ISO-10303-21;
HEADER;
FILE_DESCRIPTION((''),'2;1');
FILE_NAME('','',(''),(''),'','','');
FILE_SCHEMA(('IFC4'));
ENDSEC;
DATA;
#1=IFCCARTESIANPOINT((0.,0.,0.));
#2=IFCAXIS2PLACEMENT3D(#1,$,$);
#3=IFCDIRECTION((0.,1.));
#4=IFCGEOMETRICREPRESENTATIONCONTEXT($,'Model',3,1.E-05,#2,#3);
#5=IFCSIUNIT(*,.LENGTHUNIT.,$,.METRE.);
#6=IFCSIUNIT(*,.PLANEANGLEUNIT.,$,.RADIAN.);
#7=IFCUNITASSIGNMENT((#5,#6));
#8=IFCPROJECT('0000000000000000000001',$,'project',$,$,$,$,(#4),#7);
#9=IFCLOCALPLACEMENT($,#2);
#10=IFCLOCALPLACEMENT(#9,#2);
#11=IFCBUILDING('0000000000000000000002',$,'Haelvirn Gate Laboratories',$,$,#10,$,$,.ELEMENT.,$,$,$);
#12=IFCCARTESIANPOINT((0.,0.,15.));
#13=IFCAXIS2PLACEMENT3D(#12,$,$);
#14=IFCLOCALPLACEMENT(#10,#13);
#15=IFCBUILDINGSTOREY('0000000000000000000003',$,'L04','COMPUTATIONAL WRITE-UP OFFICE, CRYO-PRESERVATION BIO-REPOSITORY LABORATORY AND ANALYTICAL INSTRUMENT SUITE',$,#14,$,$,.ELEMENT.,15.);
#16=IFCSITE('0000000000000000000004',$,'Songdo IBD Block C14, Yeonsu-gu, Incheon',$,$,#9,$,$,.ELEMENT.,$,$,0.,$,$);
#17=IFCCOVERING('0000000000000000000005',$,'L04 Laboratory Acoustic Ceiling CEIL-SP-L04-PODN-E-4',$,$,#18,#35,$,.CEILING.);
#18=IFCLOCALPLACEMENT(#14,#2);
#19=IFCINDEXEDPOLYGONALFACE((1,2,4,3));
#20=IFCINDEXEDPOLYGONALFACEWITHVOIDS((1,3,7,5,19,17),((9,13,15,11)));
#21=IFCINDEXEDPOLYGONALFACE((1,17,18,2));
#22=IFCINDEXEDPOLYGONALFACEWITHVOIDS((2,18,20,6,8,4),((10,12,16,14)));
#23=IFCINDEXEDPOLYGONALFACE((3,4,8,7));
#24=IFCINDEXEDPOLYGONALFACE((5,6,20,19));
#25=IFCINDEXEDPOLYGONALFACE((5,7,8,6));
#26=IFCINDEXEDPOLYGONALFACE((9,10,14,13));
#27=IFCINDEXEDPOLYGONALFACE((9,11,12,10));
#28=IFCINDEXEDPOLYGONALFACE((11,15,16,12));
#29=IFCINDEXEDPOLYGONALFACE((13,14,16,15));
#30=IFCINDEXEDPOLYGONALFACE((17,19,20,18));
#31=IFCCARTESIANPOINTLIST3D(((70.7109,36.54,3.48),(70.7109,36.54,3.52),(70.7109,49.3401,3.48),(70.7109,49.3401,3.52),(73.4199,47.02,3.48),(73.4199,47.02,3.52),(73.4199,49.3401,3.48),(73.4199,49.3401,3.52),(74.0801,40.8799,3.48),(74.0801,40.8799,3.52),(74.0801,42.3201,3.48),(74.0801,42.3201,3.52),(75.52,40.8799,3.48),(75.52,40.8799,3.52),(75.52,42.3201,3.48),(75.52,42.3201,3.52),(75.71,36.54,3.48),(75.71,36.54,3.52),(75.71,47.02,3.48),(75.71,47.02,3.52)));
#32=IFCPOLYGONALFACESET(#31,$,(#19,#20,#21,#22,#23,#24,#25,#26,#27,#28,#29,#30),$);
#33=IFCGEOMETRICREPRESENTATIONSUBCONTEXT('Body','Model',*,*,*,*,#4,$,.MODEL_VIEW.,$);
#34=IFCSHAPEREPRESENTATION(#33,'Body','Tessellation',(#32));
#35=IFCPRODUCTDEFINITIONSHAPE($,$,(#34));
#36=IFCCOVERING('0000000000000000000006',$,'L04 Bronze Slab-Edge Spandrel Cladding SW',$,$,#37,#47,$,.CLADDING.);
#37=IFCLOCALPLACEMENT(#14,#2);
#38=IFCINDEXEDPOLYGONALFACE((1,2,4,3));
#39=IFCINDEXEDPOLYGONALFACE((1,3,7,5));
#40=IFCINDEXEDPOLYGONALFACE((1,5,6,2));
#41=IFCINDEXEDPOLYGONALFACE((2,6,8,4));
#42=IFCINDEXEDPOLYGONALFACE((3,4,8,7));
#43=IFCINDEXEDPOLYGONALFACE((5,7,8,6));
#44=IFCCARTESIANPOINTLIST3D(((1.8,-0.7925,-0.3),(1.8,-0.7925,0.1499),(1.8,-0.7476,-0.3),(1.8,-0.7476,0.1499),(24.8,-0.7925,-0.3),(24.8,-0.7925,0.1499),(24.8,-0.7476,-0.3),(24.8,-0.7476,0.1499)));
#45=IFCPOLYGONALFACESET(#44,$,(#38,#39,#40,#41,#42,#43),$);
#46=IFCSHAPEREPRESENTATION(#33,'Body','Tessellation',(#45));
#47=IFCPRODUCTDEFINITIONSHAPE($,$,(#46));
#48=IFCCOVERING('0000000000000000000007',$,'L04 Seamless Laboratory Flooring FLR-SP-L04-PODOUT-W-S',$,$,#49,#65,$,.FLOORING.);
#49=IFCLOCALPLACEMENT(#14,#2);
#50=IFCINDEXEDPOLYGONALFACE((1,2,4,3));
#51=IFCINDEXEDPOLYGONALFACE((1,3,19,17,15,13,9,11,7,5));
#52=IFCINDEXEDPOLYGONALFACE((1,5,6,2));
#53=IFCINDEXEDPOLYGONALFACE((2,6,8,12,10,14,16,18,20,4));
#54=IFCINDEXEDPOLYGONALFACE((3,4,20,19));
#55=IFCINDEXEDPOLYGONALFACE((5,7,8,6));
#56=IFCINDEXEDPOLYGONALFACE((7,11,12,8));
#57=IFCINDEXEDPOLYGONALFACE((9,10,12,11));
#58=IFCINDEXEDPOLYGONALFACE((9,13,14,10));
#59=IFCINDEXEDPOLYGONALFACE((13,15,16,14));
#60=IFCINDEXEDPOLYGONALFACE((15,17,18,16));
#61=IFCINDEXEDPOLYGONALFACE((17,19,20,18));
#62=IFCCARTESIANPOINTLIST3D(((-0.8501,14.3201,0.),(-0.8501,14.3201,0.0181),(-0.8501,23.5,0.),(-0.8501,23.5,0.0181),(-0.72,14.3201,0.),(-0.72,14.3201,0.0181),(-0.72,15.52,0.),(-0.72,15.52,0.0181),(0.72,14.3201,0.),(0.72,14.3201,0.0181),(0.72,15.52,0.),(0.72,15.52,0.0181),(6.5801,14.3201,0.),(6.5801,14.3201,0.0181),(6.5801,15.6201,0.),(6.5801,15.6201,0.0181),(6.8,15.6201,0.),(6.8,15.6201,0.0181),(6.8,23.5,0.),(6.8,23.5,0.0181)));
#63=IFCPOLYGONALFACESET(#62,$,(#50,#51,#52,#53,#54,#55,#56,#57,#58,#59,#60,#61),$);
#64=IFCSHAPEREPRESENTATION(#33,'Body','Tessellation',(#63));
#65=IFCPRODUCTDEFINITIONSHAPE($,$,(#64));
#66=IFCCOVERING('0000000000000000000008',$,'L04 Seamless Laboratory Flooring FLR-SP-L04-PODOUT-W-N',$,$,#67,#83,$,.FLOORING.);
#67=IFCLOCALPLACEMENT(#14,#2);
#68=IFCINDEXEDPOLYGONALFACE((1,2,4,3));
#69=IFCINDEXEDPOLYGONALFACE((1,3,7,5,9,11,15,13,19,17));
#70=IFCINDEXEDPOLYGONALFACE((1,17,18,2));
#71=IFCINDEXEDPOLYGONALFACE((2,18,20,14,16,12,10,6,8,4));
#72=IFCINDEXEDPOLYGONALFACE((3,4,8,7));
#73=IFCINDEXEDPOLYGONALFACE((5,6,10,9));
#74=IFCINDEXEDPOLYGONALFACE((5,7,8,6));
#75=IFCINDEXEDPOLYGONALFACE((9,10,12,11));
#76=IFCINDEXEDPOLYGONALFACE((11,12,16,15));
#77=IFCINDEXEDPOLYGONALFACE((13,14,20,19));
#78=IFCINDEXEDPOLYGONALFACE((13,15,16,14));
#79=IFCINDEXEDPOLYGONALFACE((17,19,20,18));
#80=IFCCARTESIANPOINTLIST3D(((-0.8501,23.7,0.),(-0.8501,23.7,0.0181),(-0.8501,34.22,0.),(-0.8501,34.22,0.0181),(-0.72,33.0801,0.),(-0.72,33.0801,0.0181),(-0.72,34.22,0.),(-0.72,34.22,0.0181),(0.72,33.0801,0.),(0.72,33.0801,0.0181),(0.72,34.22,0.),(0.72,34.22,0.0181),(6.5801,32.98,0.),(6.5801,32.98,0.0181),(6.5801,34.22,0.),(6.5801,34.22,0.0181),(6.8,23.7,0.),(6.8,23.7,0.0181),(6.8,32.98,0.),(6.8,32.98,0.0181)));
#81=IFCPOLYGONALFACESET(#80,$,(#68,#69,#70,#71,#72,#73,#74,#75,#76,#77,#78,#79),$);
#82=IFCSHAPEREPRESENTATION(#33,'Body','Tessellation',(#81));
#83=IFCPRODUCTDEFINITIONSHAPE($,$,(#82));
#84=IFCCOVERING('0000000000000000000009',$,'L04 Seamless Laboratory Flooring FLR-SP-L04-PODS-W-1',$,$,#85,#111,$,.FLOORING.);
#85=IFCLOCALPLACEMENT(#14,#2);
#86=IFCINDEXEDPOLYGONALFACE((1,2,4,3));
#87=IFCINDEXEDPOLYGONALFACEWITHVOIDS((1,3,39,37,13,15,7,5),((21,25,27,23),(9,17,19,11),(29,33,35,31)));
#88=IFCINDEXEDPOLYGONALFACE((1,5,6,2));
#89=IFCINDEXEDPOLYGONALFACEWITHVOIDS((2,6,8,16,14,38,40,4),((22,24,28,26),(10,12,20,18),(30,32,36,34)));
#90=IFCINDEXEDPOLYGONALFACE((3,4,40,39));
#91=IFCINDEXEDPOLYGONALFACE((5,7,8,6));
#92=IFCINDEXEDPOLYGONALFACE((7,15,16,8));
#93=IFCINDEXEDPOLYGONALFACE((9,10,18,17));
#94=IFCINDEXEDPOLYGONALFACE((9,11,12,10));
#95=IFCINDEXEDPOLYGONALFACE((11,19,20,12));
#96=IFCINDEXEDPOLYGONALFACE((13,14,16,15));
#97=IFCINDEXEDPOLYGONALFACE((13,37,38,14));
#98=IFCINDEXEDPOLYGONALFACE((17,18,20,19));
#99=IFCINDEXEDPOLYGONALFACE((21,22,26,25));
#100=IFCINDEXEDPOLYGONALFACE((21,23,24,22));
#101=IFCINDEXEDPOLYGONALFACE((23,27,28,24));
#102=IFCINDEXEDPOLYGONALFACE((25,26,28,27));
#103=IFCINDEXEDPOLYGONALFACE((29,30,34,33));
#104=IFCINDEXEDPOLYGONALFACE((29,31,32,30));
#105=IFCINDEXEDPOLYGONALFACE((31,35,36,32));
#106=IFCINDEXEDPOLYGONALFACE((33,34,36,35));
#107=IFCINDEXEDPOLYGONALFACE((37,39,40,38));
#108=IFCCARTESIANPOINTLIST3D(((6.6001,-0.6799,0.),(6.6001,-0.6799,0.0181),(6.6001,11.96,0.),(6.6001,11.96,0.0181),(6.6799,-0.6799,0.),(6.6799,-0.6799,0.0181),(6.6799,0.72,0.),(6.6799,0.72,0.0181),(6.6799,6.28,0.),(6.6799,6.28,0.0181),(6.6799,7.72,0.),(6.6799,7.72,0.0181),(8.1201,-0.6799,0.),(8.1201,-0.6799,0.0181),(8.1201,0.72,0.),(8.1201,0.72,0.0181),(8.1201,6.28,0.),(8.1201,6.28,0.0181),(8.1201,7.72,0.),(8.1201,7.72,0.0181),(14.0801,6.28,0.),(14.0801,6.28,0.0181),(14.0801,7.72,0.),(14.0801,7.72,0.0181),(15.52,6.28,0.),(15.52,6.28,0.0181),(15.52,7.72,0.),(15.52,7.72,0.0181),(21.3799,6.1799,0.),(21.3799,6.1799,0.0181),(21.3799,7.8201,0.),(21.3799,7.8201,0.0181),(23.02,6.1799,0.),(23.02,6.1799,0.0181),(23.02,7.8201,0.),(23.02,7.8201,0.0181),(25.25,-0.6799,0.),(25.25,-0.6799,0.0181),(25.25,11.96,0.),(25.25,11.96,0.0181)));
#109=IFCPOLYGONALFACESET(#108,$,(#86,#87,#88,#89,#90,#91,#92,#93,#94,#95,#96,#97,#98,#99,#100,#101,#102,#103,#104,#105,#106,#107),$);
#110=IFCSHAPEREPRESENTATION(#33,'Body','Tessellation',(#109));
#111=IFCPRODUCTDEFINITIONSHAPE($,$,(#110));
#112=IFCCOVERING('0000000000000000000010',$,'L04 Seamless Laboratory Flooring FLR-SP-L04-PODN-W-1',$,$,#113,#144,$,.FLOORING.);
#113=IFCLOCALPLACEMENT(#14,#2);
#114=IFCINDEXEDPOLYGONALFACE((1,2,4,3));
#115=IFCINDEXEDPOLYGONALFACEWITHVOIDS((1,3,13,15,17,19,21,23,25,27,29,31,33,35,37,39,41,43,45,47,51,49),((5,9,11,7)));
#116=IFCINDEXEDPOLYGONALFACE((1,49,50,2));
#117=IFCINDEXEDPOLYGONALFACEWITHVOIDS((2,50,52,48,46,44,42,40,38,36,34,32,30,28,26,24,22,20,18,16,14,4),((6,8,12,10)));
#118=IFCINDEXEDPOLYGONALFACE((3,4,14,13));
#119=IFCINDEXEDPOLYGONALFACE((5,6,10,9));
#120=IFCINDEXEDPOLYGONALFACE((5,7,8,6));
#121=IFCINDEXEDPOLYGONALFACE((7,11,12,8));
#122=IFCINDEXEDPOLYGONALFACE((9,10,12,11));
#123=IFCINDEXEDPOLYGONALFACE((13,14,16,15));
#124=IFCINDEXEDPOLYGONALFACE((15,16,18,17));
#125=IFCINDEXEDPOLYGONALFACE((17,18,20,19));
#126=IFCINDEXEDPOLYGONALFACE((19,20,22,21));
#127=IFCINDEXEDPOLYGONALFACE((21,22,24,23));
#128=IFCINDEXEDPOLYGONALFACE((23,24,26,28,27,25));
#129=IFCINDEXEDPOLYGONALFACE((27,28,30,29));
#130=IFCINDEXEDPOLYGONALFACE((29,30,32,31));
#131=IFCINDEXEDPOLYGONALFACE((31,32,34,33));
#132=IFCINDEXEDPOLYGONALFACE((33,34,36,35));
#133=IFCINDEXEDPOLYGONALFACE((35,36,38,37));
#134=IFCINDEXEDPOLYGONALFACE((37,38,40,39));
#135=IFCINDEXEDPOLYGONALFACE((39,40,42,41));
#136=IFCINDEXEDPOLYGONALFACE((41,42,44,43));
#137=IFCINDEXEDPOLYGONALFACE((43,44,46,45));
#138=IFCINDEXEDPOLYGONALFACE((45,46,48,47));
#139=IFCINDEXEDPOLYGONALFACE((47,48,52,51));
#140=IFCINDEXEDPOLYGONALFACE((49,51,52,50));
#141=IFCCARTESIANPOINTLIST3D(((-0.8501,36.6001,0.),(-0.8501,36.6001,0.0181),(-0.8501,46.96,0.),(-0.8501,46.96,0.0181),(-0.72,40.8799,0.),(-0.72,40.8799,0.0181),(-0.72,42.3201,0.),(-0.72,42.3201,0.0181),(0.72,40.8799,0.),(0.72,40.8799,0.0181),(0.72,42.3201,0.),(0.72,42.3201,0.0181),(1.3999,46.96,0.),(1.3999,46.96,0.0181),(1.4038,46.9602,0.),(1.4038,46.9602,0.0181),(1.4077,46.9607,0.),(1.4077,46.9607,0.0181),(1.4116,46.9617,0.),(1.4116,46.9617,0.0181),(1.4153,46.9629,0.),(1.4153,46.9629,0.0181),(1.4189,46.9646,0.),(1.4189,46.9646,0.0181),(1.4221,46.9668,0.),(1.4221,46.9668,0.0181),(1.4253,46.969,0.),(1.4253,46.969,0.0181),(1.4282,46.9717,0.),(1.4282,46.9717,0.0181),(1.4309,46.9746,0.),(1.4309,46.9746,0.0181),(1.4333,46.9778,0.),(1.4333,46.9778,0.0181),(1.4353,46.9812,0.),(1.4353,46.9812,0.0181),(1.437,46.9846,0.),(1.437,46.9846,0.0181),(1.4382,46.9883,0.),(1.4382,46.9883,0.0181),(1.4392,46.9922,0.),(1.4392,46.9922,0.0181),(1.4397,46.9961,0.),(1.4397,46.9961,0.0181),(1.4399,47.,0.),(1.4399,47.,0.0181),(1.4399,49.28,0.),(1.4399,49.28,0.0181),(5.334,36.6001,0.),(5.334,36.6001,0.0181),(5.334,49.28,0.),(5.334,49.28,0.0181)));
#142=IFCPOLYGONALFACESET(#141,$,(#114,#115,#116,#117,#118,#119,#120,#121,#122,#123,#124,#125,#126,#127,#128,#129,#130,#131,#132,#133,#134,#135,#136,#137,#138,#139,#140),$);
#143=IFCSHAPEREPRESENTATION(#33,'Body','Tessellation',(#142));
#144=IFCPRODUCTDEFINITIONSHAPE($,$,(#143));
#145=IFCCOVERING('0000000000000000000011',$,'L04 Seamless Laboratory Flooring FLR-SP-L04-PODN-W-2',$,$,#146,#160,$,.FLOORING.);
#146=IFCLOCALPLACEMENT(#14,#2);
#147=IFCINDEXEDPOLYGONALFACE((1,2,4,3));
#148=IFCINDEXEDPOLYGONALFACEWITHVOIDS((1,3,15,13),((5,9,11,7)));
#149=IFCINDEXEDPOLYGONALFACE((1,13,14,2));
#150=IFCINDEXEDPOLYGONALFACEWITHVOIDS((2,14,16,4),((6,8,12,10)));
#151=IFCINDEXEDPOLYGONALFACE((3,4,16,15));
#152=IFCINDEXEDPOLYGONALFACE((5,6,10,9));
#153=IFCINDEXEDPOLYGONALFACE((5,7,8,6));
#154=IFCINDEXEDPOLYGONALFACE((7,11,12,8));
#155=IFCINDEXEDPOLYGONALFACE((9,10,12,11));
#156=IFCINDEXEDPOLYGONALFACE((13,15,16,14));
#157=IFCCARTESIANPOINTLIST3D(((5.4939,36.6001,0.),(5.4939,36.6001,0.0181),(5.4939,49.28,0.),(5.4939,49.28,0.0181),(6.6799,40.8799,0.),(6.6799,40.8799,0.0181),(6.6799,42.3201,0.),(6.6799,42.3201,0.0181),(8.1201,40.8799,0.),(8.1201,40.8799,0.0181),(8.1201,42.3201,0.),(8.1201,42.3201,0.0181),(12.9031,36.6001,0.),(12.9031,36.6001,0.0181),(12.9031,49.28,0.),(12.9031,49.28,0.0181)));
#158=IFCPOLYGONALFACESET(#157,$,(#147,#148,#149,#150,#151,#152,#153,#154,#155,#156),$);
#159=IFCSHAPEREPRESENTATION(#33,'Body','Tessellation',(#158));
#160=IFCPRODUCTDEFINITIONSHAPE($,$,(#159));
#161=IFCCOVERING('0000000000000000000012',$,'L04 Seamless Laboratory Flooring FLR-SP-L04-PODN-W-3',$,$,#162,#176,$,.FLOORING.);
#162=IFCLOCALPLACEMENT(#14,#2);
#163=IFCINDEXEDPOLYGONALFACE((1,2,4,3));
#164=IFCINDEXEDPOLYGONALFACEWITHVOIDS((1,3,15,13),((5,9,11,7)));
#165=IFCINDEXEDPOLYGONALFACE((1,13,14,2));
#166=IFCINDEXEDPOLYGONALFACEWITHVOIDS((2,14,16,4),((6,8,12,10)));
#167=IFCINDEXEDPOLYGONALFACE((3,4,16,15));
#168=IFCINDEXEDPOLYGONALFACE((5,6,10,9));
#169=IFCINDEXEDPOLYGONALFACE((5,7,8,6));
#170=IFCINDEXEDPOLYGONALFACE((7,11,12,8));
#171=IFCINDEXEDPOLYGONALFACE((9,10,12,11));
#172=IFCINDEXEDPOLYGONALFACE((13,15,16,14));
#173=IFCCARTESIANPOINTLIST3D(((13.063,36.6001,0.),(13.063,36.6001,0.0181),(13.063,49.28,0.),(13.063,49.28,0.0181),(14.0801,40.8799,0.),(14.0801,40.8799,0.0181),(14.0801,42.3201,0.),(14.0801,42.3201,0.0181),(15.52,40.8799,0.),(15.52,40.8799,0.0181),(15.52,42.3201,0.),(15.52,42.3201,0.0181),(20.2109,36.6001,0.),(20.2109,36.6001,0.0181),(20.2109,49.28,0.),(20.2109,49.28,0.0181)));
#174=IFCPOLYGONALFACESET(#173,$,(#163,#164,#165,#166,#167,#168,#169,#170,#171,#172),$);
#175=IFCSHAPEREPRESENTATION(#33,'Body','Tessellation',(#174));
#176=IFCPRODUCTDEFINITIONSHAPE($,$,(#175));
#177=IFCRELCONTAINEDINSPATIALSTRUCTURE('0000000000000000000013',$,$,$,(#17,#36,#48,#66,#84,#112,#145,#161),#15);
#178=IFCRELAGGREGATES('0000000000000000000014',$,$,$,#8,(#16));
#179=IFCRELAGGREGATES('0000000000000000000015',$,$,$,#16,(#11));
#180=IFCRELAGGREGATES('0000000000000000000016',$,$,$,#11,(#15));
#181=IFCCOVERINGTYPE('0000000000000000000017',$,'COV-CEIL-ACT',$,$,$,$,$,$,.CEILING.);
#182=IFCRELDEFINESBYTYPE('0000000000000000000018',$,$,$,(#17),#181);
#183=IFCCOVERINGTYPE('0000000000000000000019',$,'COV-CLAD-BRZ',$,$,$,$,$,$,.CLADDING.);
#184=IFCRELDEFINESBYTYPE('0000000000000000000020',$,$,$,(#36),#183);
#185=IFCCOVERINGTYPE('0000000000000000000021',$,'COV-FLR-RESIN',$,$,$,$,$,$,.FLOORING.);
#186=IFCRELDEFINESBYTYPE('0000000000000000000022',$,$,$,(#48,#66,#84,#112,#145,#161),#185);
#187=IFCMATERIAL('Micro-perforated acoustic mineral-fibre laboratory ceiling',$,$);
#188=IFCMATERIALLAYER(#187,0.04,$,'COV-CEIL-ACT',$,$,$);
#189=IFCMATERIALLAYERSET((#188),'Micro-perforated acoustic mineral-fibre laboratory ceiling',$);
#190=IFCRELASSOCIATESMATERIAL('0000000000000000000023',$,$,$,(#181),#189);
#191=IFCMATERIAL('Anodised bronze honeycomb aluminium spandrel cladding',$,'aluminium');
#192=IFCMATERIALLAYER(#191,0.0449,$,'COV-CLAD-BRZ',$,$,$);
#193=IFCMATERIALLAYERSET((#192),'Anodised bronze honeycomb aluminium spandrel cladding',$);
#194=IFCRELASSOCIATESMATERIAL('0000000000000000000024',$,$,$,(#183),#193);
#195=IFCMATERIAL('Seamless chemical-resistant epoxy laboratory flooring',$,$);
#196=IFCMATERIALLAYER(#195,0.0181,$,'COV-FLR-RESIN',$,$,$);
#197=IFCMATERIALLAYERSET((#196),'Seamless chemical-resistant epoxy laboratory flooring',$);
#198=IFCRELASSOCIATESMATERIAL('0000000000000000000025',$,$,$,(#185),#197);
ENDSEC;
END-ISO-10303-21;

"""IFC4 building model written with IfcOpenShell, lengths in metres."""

from ifc_helpers import new_model, si_unit, direction, frame, frame_2d, origin, place, context, subcontext, project, spatial, polyline, rectangle, outline, extrude, material, layer, layer_set, type_object, element, save


model = new_model("IFC4")

# Units and contexts
model_context = context("Model", 3, precision=1e-05, world=origin(), true_north=direction((0.0, 1.0)))
body_context = subcontext(model_context, "Body", "Model", "MODEL_VIEW")
ifc_project = project(units=[si_unit("LENGTHUNIT", "METRE"), si_unit("PLANEANGLEUNIT", "RADIAN")], contexts=[model_context])

# Site, building, storey
site_placement = place(None, origin())
site = spatial("IfcSite", under=ifc_project, at=site_placement, Name="Songdo IBD Block C14, Yeonsu-gu, Incheon", CompositionType="ELEMENT", RefElevation=0.0)
building_placement = place(site_placement, origin())
building = spatial("IfcBuilding", under=site, at=building_placement, Name="Haelvirn Gate Laboratories", CompositionType="ELEMENT")
storey_placement = place(building_placement, frame((0.0, 0.0, 15.0)))
storey = spatial("IfcBuildingStorey", under=building, at=storey_placement, Name="L04", Description="COMPUTATIONAL WRITE-UP OFFICE, CRYO-PRESERVATION BIO-REPOSITORY LABORATORY AND ANALYTICAL INSTRUMENT SUITE", CompositionType="ELEMENT", Elevation=15.0)

# Coverings
ifc_material_1 = material(Name="Micro-perforated acoustic mineral-fibre laboratory ceiling")
ifc_layer_1 = layer(ifc_material_1, 0.04, Name="COV-CEIL-ACT")
ifc_layer_set_1 = layer_set([ifc_layer_1], Name="Micro-perforated acoustic mineral-fibre laboratory ceiling")
covering_type_1 = type_object("IfcCoveringType", Name="COV-CEIL-ACT", PredefinedType="CEILING", material=ifc_layer_set_1)
covering_1_placement = place(storey_placement, frame((0.0, 0.0, 3.48)))
element("IfcCovering", 1, at=covering_1_placement, inside=storey, type_object=covering_type_1, Name="L04 Laboratory Acoustic Ceiling CEIL-SP-L04-PODN-E-4", PredefinedType="CEILING", context=body_context, shape_type="SweptSolid", body=[
    extrude(outline(polyline([(73.4199, 49.3401), (73.4199, 47.02), (75.71, 47.02), (75.71, 36.54), (70.7109, 36.54), (70.7109, 49.3401), (73.4199, 49.3401)]), holes=[polyline([(75.52, 42.3201), (74.0801, 42.3201), (74.0801, 40.8799), (75.52, 40.8799), (75.52, 42.3201)])]), origin(), (0.0, 0.0, 1.0), 0.04),
])
ifc_material_2 = material(Name="Anodised bronze honeycomb aluminium spandrel cladding", Category="aluminium")
ifc_layer_2 = layer(ifc_material_2, 0.0449, Name="COV-CLAD-BRZ")
ifc_layer_set_2 = layer_set([ifc_layer_2], Name="Anodised bronze honeycomb aluminium spandrel cladding")
covering_type_2 = type_object("IfcCoveringType", Name="COV-CLAD-BRZ", PredefinedType="CLADDING", material=ifc_layer_set_2)
covering_2_placement = place(storey_placement, frame((1.8, -0.77, -0.3), z_axis=(0.0, 0.0, 1.0), x_axis=(1.0, 0.0, 0.0)))
element("IfcCovering", 2, at=covering_2_placement, inside=storey, type_object=covering_type_2, Name="L04 Bronze Slab-Edge Spandrel Cladding SW", PredefinedType="CLADDING", context=body_context, shape_type="SweptSolid", body=[
    extrude(rectangle(XDim=23.0, YDim=0.0449, at=frame_2d((11.5, 0.0))), origin(), (0.0, 0.0, 1.0), 0.45),
])
ifc_material_3 = material(Name="Seamless chemical-resistant epoxy laboratory flooring")
ifc_layer_3 = layer(ifc_material_3, 0.0181, Name="COV-FLR-RESIN")
ifc_layer_set_3 = layer_set([ifc_layer_3], Name="Seamless chemical-resistant epoxy laboratory flooring")
covering_type_3 = type_object("IfcCoveringType", Name="COV-FLR-RESIN", PredefinedType="FLOORING", material=ifc_layer_set_3)
covering_3_placement = place(storey_placement, origin())
element("IfcCovering", 3, at=covering_3_placement, inside=storey, type_object=covering_type_3, Name="L04 Seamless Laboratory Flooring FLR-SP-L04-PODOUT-W-S", PredefinedType="FLOORING", context=body_context, shape_type="SweptSolid", body=[
    extrude(outline(polyline([(6.8, 15.6201), (6.5801, 15.6201), (6.5801, 14.3201), (0.72, 14.3201), (0.72, 15.52), (-0.72, 15.52), (-0.72, 14.3201), (-0.8501, 14.3201), (-0.8501, 23.5), (6.8, 23.5), (6.8, 15.6201)])), origin(), (0.0, 0.0, 1.0), 0.0181),
])
covering_4_placement = place(storey_placement, origin())
element("IfcCovering", 4, at=covering_4_placement, inside=storey, type_object=covering_type_3, Name="L04 Seamless Laboratory Flooring FLR-SP-L04-PODOUT-W-N", PredefinedType="FLOORING", context=body_context, shape_type="SweptSolid", body=[
    extrude(outline(polyline([(-0.72, 33.0801), (0.72, 33.0801), (0.72, 34.22), (6.5801, 34.22), (6.5801, 32.98), (6.8, 32.98), (6.8, 23.7), (-0.8501, 23.7), (-0.8501, 34.22), (-0.72, 34.22), (-0.72, 33.0801)])), origin(), (0.0, 0.0, 1.0), 0.0181),
])
covering_5_placement = place(storey_placement, origin())
element("IfcCovering", 5, at=covering_5_placement, inside=storey, type_object=covering_type_3, Name="L04 Seamless Laboratory Flooring FLR-SP-L04-PODS-W-1", PredefinedType="FLOORING", context=body_context, shape_type="SweptSolid", body=[
    extrude(outline(polyline([(8.1201, 0.72), (6.6799, 0.72), (6.6799, -0.6799), (6.6001, -0.6799), (6.6001, 11.96), (25.25, 11.96), (25.25, -0.6799), (8.1201, -0.6799), (8.1201, 0.72)]), holes=[polyline([(15.52, 7.72), (14.0801, 7.72), (14.0801, 6.28), (15.52, 6.28), (15.52, 7.72)]), polyline([(23.02, 6.1799), (23.02, 7.8201), (21.3799, 7.8201), (21.3799, 6.1799), (23.02, 6.1799)]), polyline([(6.6799, 6.28), (8.1201, 6.28), (8.1201, 7.72), (6.6799, 7.72), (6.6799, 6.28)])]), origin(), (0.0, 0.0, 1.0), 0.0181),
])
covering_6_placement = place(storey_placement, origin())
element("IfcCovering", 6, at=covering_6_placement, inside=storey, type_object=covering_type_3, Name="L04 Seamless Laboratory Flooring FLR-SP-L04-PODN-W-1", PredefinedType="FLOORING", context=body_context, shape_type="SweptSolid", body=[
    extrude(outline(polyline([(-0.8501, 36.6001), (-0.8501, 46.96), (1.3999, 46.96), (1.4038, 46.9602), (1.4077, 46.9607), (1.4116, 46.9617), (1.4153, 46.9629), (1.4189, 46.9646), (1.4221, 46.9668), (1.4253, 46.969), (1.4282, 46.9717), (1.4309, 46.9746), (1.4333, 46.9778), (1.4353, 46.9812), (1.437, 46.9846), (1.4382, 46.9883), (1.4392, 46.9922), (1.4397, 46.9961), (1.4399, 47.0), (1.4399, 49.28), (5.334, 49.28), (5.334, 36.6001), (-0.8501, 36.6001)]), holes=[polyline([(-0.72, 42.3201), (-0.72, 40.8799), (0.72, 40.8799), (0.72, 42.3201), (-0.72, 42.3201)])]), origin(), (0.0, 0.0, 1.0), 0.0181),
])
covering_7_placement = place(storey_placement, origin())
element("IfcCovering", 7, at=covering_7_placement, inside=storey, type_object=covering_type_3, Name="L04 Seamless Laboratory Flooring FLR-SP-L04-PODN-W-2", PredefinedType="FLOORING", context=body_context, shape_type="SweptSolid", body=[
    extrude(outline(polyline([(12.9031, 49.28), (12.9031, 36.6001), (5.4939, 36.6001), (5.4939, 49.28), (12.9031, 49.28)]), holes=[polyline([(6.6799, 42.3201), (6.6799, 40.8799), (8.1201, 40.8799), (8.1201, 42.3201), (6.6799, 42.3201)])]), origin(), (0.0, 0.0, 1.0), 0.0181),
])
covering_8_placement = place(storey_placement, origin())
element("IfcCovering", 8, at=covering_8_placement, inside=storey, type_object=covering_type_3, Name="L04 Seamless Laboratory Flooring FLR-SP-L04-PODN-W-3", PredefinedType="FLOORING", context=body_context, shape_type="SweptSolid", body=[
    extrude(outline(polyline([(20.2109, 49.28), (20.2109, 36.6001), (13.063, 36.6001), (13.063, 49.28), (20.2109, 49.28)]), holes=[polyline([(14.0801, 42.3201), (14.0801, 40.8799), (15.52, 40.8799), (15.52, 42.3201), (14.0801, 42.3201)])]), origin(), (0.0, 0.0, 1.0), 0.0181),
])

save(model, "model.ifc")
